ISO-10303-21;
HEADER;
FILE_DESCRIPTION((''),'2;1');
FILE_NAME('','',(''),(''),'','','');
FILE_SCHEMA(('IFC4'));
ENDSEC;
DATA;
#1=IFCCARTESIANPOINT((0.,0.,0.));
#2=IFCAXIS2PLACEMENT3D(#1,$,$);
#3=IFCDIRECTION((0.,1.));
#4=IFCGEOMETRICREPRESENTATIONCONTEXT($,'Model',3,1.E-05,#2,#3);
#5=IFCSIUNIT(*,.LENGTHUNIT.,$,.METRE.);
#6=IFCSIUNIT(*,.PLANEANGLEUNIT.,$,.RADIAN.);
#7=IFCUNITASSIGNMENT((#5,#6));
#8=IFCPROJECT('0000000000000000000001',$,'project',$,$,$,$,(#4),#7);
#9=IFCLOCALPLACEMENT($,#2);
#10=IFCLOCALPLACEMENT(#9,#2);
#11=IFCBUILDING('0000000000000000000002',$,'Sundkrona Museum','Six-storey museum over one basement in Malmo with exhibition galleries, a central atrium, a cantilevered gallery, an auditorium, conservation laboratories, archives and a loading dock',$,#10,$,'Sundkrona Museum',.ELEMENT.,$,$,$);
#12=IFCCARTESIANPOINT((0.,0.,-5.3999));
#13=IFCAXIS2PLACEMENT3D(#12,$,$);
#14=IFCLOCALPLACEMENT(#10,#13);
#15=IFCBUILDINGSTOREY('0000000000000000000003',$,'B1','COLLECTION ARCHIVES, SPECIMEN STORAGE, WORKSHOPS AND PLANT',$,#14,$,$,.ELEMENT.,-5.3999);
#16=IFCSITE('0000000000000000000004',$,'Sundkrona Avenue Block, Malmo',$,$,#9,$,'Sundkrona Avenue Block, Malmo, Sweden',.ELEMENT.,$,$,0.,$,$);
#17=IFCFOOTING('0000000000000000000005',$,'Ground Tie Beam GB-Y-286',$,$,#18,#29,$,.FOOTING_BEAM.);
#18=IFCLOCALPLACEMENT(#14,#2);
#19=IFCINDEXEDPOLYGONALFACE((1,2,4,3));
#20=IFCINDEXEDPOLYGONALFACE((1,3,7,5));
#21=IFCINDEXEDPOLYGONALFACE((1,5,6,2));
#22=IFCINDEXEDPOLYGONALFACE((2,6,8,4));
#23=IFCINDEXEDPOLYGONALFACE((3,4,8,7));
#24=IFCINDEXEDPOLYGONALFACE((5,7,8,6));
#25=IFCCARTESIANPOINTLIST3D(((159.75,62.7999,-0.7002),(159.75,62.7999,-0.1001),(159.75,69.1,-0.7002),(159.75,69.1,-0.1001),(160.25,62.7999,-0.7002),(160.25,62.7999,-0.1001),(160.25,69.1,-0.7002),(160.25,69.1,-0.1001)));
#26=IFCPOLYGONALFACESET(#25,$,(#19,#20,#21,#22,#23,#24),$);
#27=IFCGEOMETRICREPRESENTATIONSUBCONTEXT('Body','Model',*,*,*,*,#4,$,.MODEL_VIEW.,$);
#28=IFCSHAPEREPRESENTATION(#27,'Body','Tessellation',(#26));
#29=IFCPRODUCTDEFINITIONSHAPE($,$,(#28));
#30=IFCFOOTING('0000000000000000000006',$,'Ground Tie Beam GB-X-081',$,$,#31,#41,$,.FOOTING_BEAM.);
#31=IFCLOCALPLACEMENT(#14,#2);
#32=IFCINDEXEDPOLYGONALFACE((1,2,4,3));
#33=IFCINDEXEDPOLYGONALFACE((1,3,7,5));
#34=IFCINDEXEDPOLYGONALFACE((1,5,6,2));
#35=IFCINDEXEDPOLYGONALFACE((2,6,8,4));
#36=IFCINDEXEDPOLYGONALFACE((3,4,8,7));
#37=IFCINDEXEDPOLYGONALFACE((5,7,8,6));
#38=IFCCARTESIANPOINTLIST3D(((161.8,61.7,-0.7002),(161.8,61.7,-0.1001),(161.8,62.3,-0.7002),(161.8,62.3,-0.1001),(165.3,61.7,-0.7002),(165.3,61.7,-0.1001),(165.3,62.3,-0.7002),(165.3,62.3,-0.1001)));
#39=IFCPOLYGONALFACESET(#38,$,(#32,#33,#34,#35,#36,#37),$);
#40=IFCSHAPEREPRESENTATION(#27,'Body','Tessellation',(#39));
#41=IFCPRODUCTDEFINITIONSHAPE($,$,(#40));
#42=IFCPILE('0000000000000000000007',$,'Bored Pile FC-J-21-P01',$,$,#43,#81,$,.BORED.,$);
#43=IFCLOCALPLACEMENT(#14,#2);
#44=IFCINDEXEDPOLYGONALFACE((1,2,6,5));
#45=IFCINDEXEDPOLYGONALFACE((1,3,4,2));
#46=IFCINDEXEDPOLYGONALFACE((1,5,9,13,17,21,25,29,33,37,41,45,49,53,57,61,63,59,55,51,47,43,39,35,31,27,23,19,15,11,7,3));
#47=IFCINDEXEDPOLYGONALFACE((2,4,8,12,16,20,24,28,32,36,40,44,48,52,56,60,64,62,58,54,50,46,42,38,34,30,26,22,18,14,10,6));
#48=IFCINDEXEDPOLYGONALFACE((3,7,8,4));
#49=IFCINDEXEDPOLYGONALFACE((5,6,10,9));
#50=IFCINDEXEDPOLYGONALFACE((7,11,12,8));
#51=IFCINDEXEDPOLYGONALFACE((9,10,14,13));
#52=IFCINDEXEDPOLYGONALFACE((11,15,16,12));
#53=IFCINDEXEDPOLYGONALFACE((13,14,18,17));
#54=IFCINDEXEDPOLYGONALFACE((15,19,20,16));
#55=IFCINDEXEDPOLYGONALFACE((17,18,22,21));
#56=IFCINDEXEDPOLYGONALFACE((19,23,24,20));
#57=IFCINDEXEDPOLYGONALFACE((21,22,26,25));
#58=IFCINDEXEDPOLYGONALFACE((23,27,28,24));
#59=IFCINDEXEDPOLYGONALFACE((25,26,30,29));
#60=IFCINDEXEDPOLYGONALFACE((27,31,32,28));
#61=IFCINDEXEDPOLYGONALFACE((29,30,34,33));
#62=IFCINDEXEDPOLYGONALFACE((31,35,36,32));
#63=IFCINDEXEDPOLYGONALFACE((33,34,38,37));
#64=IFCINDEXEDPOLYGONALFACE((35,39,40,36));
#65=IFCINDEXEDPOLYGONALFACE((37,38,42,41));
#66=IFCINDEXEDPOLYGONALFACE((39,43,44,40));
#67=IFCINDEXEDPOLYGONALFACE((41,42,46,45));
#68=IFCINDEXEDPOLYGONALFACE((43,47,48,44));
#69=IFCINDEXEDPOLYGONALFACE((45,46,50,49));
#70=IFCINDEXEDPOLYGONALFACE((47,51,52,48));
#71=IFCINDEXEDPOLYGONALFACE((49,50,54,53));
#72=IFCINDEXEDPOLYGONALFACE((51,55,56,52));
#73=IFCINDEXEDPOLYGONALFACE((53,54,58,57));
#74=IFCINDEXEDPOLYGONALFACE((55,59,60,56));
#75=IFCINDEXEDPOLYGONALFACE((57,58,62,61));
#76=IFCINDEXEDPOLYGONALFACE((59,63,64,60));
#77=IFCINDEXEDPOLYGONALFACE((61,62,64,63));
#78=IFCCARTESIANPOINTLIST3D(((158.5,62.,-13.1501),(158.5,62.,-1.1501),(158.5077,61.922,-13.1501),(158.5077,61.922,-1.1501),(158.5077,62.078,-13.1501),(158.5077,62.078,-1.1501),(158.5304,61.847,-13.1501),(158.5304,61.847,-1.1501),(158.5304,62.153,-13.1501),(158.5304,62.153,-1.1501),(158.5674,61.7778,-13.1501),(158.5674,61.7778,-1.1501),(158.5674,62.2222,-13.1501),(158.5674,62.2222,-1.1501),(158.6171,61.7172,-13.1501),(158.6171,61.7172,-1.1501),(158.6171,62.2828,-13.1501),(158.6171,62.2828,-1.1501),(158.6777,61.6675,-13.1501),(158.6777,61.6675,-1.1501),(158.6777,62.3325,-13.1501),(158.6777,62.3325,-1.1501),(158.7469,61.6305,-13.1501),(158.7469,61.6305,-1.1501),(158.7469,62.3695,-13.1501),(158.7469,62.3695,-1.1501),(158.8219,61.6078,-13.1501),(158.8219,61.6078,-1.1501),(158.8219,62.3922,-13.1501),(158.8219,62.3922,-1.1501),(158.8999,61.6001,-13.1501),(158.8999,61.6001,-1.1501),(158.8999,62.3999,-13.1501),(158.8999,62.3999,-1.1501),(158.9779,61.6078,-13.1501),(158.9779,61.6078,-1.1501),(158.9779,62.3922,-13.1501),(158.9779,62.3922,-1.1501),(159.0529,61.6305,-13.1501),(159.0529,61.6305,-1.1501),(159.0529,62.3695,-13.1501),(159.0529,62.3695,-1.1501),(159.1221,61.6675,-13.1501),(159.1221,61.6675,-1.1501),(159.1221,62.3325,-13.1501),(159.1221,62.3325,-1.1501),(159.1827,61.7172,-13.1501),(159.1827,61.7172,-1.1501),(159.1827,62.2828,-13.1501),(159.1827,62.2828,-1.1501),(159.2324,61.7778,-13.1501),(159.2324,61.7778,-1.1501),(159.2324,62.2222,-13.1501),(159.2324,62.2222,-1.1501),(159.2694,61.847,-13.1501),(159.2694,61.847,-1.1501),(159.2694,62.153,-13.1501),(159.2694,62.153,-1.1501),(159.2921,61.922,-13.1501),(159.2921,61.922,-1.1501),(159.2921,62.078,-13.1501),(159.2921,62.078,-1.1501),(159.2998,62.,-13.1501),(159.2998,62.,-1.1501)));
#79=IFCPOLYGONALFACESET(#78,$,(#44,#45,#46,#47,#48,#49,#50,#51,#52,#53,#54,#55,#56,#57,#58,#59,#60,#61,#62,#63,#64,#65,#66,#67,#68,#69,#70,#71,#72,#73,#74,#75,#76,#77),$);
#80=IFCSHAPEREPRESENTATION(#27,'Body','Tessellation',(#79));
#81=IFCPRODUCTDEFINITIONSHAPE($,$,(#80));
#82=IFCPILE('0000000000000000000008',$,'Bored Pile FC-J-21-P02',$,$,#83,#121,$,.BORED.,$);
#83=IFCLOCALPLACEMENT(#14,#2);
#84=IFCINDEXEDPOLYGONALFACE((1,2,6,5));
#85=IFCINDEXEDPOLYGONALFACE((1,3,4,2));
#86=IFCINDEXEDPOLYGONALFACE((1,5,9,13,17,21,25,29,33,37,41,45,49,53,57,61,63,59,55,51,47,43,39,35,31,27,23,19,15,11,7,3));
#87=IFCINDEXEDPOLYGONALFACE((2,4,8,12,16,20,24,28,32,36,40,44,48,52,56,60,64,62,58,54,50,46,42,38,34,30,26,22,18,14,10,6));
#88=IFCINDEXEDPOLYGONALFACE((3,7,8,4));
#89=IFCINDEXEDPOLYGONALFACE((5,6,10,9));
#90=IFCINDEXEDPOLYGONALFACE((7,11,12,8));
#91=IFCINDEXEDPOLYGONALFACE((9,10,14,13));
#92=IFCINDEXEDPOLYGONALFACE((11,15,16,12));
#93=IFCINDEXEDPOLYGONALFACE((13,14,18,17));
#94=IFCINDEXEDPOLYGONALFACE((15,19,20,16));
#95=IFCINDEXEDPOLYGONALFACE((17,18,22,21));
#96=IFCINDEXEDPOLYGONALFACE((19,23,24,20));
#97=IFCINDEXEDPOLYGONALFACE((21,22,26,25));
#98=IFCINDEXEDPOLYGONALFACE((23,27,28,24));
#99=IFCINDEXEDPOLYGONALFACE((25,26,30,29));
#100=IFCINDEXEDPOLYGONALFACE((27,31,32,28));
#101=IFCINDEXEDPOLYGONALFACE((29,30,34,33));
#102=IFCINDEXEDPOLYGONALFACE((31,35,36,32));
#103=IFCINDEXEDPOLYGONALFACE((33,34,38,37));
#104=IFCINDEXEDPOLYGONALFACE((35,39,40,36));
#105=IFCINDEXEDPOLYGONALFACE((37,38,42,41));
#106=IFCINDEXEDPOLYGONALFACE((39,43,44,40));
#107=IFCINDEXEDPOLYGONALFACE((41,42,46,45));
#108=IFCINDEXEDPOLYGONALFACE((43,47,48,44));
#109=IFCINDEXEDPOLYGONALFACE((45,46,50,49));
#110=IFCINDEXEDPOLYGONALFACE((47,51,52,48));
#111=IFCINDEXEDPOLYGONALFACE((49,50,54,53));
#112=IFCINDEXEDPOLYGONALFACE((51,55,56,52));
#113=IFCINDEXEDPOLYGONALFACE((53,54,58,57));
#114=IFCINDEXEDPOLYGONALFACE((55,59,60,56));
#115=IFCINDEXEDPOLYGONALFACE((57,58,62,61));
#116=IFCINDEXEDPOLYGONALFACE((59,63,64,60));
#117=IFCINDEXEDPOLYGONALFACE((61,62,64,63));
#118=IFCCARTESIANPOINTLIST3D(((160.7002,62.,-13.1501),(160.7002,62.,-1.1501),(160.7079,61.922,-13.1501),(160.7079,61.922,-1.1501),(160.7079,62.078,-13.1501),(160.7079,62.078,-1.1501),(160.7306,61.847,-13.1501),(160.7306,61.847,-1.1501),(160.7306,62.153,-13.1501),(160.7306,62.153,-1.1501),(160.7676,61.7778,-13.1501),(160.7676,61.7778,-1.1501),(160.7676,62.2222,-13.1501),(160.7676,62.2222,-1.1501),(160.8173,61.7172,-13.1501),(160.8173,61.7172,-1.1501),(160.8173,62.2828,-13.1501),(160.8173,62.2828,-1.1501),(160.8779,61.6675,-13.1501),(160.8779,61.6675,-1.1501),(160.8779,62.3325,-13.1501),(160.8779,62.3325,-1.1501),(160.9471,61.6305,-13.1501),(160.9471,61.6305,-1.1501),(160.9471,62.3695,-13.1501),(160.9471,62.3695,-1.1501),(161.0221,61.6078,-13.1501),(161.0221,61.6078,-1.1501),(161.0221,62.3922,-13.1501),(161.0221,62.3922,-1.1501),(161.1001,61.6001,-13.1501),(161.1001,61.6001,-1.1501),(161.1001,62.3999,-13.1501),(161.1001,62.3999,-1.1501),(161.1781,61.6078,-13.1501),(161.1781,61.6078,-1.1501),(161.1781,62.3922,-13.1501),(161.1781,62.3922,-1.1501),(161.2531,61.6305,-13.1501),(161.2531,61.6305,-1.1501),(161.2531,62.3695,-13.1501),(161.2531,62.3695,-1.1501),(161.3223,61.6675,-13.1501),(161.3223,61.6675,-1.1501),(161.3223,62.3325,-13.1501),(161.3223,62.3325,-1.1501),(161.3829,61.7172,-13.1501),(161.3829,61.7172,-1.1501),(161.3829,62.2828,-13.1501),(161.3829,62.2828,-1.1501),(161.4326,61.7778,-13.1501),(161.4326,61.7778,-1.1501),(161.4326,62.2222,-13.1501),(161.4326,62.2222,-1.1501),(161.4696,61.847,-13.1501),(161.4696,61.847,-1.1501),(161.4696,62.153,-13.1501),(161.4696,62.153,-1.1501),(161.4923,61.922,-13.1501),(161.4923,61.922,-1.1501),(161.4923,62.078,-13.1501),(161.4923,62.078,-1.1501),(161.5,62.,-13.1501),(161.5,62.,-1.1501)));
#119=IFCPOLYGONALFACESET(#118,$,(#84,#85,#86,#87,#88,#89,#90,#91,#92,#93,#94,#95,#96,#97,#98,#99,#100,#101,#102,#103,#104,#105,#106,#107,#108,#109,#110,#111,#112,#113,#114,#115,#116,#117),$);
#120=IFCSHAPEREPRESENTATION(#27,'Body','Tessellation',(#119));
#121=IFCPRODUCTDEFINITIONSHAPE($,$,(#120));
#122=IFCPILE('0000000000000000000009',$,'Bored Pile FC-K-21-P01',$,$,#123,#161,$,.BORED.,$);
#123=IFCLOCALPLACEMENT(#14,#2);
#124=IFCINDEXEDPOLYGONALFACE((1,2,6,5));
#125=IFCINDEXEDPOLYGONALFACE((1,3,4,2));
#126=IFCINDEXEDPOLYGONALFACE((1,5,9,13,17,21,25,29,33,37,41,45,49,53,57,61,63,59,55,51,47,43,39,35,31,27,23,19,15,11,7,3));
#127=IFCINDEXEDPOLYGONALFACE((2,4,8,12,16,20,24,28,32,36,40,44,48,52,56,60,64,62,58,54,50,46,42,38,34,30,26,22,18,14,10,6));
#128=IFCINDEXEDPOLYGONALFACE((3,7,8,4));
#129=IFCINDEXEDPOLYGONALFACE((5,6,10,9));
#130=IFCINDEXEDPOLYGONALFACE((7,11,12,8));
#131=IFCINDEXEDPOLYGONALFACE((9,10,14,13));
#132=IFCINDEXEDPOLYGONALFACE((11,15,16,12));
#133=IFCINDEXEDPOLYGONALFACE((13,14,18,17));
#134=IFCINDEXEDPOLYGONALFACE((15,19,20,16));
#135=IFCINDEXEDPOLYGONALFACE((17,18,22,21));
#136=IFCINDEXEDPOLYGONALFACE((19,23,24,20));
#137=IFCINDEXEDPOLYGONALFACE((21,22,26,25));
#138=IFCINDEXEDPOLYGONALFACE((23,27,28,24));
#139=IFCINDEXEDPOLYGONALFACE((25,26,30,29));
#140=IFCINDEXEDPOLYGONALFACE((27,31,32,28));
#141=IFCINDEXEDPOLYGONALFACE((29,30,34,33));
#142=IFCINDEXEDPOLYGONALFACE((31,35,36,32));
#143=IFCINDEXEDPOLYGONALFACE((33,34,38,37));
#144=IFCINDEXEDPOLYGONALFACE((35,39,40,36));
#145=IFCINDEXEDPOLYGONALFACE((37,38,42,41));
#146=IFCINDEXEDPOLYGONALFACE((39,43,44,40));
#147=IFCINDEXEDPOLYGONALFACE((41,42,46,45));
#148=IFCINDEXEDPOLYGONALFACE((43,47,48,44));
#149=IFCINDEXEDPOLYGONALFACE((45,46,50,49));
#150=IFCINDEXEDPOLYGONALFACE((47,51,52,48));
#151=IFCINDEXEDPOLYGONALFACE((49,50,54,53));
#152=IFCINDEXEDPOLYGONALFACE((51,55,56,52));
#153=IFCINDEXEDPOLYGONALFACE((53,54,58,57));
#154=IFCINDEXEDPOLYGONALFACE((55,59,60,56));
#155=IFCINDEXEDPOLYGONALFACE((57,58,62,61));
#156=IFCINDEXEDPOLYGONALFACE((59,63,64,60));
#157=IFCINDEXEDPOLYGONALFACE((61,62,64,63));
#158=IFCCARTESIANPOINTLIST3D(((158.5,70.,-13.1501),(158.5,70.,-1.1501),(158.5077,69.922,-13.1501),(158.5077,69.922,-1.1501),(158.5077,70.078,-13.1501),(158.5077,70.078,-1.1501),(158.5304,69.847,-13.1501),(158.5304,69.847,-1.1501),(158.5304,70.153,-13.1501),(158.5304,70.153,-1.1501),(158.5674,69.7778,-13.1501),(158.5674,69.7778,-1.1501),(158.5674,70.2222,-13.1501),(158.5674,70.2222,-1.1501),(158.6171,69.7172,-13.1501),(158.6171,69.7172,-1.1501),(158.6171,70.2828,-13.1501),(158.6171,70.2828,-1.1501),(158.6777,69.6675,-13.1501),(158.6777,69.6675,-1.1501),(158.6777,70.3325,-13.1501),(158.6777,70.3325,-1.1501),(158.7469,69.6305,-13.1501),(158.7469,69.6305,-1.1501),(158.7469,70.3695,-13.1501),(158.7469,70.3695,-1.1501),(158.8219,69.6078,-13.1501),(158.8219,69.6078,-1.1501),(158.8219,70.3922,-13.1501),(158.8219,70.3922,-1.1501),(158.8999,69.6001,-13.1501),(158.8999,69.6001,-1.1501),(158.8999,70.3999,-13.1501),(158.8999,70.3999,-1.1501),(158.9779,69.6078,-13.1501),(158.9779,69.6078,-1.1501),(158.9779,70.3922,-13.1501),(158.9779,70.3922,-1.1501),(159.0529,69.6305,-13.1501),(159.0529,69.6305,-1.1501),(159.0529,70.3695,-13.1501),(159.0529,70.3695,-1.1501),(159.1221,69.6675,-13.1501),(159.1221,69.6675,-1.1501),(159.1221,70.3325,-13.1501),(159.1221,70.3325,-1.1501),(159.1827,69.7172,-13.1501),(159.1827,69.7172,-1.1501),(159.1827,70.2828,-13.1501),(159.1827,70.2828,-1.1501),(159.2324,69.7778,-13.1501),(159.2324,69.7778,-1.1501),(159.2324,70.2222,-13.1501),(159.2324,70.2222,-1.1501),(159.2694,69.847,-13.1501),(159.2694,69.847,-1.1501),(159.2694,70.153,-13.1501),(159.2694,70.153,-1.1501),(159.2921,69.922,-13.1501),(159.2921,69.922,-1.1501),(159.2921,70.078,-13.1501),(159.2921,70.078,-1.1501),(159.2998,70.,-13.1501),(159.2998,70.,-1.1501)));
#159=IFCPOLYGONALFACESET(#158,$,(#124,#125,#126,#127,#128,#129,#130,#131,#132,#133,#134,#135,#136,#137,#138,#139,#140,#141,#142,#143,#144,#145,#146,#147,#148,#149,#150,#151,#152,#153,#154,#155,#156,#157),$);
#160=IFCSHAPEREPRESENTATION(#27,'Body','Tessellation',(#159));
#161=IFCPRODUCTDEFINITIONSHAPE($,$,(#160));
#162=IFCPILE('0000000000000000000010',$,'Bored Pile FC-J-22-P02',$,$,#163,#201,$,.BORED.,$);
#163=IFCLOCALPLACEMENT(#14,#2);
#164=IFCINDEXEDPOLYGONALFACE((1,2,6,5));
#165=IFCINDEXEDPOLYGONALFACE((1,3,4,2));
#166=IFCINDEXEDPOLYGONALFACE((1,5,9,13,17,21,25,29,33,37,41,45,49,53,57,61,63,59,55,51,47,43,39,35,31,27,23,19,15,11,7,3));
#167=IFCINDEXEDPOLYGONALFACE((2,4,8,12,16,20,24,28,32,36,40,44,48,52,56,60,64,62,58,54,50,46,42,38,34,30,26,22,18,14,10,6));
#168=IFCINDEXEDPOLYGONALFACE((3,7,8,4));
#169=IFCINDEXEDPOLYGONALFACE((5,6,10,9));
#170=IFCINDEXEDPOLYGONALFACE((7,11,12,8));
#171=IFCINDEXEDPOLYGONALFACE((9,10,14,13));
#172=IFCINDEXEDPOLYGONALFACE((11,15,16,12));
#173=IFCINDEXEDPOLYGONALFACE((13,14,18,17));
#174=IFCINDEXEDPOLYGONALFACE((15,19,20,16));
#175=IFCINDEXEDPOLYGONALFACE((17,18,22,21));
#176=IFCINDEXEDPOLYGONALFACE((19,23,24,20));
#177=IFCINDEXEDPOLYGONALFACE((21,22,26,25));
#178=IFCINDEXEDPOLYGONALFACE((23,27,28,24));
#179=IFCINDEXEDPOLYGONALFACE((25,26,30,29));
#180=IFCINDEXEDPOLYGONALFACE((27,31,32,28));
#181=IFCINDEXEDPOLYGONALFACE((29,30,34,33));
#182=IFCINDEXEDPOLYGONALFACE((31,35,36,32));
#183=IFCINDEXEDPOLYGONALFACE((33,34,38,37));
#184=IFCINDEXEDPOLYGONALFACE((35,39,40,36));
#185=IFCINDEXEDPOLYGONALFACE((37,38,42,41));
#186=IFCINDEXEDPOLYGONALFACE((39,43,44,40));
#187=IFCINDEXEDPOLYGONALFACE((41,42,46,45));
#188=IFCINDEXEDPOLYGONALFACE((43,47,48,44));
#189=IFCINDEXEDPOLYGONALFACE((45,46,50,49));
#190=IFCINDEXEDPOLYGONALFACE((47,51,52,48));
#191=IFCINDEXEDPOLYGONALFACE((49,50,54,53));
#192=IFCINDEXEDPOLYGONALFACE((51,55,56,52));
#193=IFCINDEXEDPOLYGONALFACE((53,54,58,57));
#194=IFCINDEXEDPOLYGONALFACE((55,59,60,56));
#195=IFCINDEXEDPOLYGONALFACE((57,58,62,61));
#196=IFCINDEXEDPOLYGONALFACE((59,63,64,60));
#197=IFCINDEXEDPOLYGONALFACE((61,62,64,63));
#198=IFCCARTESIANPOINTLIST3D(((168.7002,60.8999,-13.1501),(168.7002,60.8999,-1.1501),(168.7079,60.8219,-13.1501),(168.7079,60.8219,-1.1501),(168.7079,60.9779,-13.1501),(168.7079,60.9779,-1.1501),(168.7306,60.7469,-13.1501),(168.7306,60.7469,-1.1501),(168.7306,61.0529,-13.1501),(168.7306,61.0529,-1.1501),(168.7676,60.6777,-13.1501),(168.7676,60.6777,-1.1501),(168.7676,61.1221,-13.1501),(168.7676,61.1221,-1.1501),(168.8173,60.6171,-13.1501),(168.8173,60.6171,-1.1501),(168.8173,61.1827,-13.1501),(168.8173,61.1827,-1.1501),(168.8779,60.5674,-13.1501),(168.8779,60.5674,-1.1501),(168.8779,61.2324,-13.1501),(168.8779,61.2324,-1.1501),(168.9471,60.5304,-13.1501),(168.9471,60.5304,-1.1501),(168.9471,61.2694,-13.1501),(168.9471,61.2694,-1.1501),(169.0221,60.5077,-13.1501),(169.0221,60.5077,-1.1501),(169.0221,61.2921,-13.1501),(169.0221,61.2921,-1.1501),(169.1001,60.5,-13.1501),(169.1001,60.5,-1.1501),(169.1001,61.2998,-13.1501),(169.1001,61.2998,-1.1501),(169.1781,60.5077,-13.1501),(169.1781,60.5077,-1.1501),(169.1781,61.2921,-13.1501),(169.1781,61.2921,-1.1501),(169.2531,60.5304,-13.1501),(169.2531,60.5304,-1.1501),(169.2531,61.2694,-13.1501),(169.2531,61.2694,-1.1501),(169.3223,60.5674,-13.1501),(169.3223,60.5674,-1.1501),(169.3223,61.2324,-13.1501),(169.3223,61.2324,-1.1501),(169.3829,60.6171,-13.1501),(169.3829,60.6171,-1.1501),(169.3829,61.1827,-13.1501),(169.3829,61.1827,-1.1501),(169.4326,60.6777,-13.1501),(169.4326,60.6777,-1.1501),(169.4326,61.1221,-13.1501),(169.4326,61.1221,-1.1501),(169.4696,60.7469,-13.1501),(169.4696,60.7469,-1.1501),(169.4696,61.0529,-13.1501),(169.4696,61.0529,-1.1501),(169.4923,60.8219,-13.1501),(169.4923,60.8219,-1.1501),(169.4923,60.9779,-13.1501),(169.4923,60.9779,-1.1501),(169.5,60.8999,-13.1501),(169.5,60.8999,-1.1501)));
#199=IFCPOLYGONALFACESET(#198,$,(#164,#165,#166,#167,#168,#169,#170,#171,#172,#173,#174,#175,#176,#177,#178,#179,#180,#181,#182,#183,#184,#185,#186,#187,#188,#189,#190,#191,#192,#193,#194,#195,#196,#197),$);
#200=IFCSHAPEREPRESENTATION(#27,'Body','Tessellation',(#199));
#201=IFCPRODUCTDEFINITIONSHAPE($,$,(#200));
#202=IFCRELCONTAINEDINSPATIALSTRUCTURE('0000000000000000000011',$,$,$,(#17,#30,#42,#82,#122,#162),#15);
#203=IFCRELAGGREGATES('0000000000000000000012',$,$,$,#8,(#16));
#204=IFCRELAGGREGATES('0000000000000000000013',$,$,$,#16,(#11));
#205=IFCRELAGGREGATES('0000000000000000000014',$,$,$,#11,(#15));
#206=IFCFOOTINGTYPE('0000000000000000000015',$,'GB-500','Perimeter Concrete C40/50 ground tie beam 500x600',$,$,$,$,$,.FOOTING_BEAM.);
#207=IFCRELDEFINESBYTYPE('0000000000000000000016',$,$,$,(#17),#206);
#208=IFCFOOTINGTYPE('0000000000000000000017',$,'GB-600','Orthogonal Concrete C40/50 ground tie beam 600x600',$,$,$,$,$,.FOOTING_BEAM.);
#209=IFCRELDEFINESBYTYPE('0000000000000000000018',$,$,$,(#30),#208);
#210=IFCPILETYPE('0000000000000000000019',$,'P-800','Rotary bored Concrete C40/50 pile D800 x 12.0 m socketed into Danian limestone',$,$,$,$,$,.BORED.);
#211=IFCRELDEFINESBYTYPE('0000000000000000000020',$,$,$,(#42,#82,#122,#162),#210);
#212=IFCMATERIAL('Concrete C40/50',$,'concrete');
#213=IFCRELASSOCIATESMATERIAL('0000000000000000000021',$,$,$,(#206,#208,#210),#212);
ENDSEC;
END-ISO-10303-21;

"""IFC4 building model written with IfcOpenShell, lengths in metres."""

from ifc_helpers import new_model, si_unit, direction, frame, origin, origin_2d, place, context, subcontext, project, spatial, rectangle, circle, extrude, material, material_profile, profile_set, type_object, element, save


model = new_model("IFC4")

# Units and contexts
model_context = context("Model", 3, precision=1e-05, world=origin(), true_north=direction((0.0, 1.0)))
body_context = subcontext(model_context, "Body", "Model", "MODEL_VIEW")
ifc_project = project(units=[si_unit("LENGTHUNIT", "METRE"), si_unit("PLANEANGLEUNIT", "RADIAN")], contexts=[model_context])

# Site, building, storey
site_placement = place(None, origin())
site = spatial("IfcSite", under=ifc_project, at=site_placement, Name="Sundkrona Avenue Block, Malmo", LongName="Sundkrona Avenue Block, Malmo, Sweden", CompositionType="ELEMENT", RefElevation=0.0)
building_placement = place(site_placement, origin())
building = spatial("IfcBuilding", under=site, at=building_placement, Name="Sundkrona Museum", Description="Six-storey museum over one basement in Malmo with exhibition galleries, a central atrium, a cantilevered gallery, an auditorium, conservation laboratories, archives and a loading dock", LongName="Sundkrona Museum", CompositionType="ELEMENT")
storey_placement = place(building_placement, frame((0.0, 0.0, -5.3999)))
storey = spatial("IfcBuildingStorey", under=building, at=storey_placement, Name="B1", Description="COLLECTION ARCHIVES, SPECIMEN STORAGE, WORKSHOPS AND PLANT", CompositionType="ELEMENT", Elevation=-5.3999)

# Footings
ifc_material_1 = material(Name="Concrete C40/50", Category="concrete")
footing_type_1 = type_object("IfcFootingType", Name="GB-500", Description="Perimeter Concrete C40/50 ground tie beam 500x600", PredefinedType="FOOTING_BEAM", material=ifc_material_1)
footing_1_placement = place(storey_placement, frame((160.0, 65.95, -0.7002), z_axis=(0.0, 0.0, 1.0), x_axis=(0.0, 1.0, 0.0)))
element("IfcFooting", 1, at=footing_1_placement, inside=storey, type_object=footing_type_1, Name="Ground Tie Beam GB-Y-286", PredefinedType="FOOTING_BEAM", context=body_context, shape_type="SweptSolid", body=[
    extrude(rectangle(XDim=6.3, YDim=0.5, at=origin_2d()), origin(), (0.0, 0.0, 1.0), 0.6001),
])
footing_type_2 = type_object("IfcFootingType", Name="GB-600", Description="Orthogonal Concrete C40/50 ground tie beam 600x600", PredefinedType="FOOTING_BEAM", material=ifc_material_1)
footing_2_placement = place(storey_placement, frame((163.55, 62.0, -0.7002), z_axis=(0.0, 0.0, 1.0), x_axis=(1.0, 0.0, 0.0)))
element("IfcFooting", 2, at=footing_2_placement, inside=storey, type_object=footing_type_2, Name="Ground Tie Beam GB-X-081", PredefinedType="FOOTING_BEAM", context=body_context, shape_type="SweptSolid", body=[
    extrude(rectangle(XDim=3.5, YDim=0.6001, at=origin_2d()), origin(), (0.0, 0.0, 1.0), 0.6001),
])

# Piles
ifc_material_profile_1 = material_profile(ifc_material_1, circle(Radius=0.3999, at=origin_2d()), Name="PILE D800")
ifc_profile_set_1 = profile_set([ifc_material_profile_1], Name="Concrete C40/50")
pile_type = type_object("IfcPileType", Name="P-800", Description="Rotary bored Concrete C40/50 pile D800 x 12.0 m socketed into Danian limestone", PredefinedType="BORED", material=ifc_profile_set_1)
for number, where, z_axis, x_axis, name in (
    (3, (158.8999, 62.0, -1.1501), (0.0, 0.0, -1.0), (1.0, 0.0, 0.0), "Bored Pile FC-J-21-P01"),
    (4, (161.1001, 62.0, -1.1501), (0.0, 0.0, -1.0), (1.0, 0.0, 0.0), "Bored Pile FC-J-21-P02"),
    (5, (158.8999, 70.0, -1.1501), (0.0, 0.0, -1.0), (1.0, 0.0, 0.0), "Bored Pile FC-K-21-P01"),
    (6, (169.1001, 60.8999, -1.1501), (0.0, 0.0, -1.0), (1.0, 0.0, 0.0), "Bored Pile FC-J-22-P02"),
):
    element("IfcPile", number, at=place(storey_placement, frame(where, z_axis=z_axis, x_axis=x_axis)), inside=storey, type_object=pile_type, Name=name, PredefinedType="BORED", context=body_context, shape_type="SweptSolid", body=[
        extrude(circle(Radius=0.3999, at=origin_2d()), origin(), (0.0, 0.0, 1.0), 12.0),
    ])

save(model, "model.ifc")
